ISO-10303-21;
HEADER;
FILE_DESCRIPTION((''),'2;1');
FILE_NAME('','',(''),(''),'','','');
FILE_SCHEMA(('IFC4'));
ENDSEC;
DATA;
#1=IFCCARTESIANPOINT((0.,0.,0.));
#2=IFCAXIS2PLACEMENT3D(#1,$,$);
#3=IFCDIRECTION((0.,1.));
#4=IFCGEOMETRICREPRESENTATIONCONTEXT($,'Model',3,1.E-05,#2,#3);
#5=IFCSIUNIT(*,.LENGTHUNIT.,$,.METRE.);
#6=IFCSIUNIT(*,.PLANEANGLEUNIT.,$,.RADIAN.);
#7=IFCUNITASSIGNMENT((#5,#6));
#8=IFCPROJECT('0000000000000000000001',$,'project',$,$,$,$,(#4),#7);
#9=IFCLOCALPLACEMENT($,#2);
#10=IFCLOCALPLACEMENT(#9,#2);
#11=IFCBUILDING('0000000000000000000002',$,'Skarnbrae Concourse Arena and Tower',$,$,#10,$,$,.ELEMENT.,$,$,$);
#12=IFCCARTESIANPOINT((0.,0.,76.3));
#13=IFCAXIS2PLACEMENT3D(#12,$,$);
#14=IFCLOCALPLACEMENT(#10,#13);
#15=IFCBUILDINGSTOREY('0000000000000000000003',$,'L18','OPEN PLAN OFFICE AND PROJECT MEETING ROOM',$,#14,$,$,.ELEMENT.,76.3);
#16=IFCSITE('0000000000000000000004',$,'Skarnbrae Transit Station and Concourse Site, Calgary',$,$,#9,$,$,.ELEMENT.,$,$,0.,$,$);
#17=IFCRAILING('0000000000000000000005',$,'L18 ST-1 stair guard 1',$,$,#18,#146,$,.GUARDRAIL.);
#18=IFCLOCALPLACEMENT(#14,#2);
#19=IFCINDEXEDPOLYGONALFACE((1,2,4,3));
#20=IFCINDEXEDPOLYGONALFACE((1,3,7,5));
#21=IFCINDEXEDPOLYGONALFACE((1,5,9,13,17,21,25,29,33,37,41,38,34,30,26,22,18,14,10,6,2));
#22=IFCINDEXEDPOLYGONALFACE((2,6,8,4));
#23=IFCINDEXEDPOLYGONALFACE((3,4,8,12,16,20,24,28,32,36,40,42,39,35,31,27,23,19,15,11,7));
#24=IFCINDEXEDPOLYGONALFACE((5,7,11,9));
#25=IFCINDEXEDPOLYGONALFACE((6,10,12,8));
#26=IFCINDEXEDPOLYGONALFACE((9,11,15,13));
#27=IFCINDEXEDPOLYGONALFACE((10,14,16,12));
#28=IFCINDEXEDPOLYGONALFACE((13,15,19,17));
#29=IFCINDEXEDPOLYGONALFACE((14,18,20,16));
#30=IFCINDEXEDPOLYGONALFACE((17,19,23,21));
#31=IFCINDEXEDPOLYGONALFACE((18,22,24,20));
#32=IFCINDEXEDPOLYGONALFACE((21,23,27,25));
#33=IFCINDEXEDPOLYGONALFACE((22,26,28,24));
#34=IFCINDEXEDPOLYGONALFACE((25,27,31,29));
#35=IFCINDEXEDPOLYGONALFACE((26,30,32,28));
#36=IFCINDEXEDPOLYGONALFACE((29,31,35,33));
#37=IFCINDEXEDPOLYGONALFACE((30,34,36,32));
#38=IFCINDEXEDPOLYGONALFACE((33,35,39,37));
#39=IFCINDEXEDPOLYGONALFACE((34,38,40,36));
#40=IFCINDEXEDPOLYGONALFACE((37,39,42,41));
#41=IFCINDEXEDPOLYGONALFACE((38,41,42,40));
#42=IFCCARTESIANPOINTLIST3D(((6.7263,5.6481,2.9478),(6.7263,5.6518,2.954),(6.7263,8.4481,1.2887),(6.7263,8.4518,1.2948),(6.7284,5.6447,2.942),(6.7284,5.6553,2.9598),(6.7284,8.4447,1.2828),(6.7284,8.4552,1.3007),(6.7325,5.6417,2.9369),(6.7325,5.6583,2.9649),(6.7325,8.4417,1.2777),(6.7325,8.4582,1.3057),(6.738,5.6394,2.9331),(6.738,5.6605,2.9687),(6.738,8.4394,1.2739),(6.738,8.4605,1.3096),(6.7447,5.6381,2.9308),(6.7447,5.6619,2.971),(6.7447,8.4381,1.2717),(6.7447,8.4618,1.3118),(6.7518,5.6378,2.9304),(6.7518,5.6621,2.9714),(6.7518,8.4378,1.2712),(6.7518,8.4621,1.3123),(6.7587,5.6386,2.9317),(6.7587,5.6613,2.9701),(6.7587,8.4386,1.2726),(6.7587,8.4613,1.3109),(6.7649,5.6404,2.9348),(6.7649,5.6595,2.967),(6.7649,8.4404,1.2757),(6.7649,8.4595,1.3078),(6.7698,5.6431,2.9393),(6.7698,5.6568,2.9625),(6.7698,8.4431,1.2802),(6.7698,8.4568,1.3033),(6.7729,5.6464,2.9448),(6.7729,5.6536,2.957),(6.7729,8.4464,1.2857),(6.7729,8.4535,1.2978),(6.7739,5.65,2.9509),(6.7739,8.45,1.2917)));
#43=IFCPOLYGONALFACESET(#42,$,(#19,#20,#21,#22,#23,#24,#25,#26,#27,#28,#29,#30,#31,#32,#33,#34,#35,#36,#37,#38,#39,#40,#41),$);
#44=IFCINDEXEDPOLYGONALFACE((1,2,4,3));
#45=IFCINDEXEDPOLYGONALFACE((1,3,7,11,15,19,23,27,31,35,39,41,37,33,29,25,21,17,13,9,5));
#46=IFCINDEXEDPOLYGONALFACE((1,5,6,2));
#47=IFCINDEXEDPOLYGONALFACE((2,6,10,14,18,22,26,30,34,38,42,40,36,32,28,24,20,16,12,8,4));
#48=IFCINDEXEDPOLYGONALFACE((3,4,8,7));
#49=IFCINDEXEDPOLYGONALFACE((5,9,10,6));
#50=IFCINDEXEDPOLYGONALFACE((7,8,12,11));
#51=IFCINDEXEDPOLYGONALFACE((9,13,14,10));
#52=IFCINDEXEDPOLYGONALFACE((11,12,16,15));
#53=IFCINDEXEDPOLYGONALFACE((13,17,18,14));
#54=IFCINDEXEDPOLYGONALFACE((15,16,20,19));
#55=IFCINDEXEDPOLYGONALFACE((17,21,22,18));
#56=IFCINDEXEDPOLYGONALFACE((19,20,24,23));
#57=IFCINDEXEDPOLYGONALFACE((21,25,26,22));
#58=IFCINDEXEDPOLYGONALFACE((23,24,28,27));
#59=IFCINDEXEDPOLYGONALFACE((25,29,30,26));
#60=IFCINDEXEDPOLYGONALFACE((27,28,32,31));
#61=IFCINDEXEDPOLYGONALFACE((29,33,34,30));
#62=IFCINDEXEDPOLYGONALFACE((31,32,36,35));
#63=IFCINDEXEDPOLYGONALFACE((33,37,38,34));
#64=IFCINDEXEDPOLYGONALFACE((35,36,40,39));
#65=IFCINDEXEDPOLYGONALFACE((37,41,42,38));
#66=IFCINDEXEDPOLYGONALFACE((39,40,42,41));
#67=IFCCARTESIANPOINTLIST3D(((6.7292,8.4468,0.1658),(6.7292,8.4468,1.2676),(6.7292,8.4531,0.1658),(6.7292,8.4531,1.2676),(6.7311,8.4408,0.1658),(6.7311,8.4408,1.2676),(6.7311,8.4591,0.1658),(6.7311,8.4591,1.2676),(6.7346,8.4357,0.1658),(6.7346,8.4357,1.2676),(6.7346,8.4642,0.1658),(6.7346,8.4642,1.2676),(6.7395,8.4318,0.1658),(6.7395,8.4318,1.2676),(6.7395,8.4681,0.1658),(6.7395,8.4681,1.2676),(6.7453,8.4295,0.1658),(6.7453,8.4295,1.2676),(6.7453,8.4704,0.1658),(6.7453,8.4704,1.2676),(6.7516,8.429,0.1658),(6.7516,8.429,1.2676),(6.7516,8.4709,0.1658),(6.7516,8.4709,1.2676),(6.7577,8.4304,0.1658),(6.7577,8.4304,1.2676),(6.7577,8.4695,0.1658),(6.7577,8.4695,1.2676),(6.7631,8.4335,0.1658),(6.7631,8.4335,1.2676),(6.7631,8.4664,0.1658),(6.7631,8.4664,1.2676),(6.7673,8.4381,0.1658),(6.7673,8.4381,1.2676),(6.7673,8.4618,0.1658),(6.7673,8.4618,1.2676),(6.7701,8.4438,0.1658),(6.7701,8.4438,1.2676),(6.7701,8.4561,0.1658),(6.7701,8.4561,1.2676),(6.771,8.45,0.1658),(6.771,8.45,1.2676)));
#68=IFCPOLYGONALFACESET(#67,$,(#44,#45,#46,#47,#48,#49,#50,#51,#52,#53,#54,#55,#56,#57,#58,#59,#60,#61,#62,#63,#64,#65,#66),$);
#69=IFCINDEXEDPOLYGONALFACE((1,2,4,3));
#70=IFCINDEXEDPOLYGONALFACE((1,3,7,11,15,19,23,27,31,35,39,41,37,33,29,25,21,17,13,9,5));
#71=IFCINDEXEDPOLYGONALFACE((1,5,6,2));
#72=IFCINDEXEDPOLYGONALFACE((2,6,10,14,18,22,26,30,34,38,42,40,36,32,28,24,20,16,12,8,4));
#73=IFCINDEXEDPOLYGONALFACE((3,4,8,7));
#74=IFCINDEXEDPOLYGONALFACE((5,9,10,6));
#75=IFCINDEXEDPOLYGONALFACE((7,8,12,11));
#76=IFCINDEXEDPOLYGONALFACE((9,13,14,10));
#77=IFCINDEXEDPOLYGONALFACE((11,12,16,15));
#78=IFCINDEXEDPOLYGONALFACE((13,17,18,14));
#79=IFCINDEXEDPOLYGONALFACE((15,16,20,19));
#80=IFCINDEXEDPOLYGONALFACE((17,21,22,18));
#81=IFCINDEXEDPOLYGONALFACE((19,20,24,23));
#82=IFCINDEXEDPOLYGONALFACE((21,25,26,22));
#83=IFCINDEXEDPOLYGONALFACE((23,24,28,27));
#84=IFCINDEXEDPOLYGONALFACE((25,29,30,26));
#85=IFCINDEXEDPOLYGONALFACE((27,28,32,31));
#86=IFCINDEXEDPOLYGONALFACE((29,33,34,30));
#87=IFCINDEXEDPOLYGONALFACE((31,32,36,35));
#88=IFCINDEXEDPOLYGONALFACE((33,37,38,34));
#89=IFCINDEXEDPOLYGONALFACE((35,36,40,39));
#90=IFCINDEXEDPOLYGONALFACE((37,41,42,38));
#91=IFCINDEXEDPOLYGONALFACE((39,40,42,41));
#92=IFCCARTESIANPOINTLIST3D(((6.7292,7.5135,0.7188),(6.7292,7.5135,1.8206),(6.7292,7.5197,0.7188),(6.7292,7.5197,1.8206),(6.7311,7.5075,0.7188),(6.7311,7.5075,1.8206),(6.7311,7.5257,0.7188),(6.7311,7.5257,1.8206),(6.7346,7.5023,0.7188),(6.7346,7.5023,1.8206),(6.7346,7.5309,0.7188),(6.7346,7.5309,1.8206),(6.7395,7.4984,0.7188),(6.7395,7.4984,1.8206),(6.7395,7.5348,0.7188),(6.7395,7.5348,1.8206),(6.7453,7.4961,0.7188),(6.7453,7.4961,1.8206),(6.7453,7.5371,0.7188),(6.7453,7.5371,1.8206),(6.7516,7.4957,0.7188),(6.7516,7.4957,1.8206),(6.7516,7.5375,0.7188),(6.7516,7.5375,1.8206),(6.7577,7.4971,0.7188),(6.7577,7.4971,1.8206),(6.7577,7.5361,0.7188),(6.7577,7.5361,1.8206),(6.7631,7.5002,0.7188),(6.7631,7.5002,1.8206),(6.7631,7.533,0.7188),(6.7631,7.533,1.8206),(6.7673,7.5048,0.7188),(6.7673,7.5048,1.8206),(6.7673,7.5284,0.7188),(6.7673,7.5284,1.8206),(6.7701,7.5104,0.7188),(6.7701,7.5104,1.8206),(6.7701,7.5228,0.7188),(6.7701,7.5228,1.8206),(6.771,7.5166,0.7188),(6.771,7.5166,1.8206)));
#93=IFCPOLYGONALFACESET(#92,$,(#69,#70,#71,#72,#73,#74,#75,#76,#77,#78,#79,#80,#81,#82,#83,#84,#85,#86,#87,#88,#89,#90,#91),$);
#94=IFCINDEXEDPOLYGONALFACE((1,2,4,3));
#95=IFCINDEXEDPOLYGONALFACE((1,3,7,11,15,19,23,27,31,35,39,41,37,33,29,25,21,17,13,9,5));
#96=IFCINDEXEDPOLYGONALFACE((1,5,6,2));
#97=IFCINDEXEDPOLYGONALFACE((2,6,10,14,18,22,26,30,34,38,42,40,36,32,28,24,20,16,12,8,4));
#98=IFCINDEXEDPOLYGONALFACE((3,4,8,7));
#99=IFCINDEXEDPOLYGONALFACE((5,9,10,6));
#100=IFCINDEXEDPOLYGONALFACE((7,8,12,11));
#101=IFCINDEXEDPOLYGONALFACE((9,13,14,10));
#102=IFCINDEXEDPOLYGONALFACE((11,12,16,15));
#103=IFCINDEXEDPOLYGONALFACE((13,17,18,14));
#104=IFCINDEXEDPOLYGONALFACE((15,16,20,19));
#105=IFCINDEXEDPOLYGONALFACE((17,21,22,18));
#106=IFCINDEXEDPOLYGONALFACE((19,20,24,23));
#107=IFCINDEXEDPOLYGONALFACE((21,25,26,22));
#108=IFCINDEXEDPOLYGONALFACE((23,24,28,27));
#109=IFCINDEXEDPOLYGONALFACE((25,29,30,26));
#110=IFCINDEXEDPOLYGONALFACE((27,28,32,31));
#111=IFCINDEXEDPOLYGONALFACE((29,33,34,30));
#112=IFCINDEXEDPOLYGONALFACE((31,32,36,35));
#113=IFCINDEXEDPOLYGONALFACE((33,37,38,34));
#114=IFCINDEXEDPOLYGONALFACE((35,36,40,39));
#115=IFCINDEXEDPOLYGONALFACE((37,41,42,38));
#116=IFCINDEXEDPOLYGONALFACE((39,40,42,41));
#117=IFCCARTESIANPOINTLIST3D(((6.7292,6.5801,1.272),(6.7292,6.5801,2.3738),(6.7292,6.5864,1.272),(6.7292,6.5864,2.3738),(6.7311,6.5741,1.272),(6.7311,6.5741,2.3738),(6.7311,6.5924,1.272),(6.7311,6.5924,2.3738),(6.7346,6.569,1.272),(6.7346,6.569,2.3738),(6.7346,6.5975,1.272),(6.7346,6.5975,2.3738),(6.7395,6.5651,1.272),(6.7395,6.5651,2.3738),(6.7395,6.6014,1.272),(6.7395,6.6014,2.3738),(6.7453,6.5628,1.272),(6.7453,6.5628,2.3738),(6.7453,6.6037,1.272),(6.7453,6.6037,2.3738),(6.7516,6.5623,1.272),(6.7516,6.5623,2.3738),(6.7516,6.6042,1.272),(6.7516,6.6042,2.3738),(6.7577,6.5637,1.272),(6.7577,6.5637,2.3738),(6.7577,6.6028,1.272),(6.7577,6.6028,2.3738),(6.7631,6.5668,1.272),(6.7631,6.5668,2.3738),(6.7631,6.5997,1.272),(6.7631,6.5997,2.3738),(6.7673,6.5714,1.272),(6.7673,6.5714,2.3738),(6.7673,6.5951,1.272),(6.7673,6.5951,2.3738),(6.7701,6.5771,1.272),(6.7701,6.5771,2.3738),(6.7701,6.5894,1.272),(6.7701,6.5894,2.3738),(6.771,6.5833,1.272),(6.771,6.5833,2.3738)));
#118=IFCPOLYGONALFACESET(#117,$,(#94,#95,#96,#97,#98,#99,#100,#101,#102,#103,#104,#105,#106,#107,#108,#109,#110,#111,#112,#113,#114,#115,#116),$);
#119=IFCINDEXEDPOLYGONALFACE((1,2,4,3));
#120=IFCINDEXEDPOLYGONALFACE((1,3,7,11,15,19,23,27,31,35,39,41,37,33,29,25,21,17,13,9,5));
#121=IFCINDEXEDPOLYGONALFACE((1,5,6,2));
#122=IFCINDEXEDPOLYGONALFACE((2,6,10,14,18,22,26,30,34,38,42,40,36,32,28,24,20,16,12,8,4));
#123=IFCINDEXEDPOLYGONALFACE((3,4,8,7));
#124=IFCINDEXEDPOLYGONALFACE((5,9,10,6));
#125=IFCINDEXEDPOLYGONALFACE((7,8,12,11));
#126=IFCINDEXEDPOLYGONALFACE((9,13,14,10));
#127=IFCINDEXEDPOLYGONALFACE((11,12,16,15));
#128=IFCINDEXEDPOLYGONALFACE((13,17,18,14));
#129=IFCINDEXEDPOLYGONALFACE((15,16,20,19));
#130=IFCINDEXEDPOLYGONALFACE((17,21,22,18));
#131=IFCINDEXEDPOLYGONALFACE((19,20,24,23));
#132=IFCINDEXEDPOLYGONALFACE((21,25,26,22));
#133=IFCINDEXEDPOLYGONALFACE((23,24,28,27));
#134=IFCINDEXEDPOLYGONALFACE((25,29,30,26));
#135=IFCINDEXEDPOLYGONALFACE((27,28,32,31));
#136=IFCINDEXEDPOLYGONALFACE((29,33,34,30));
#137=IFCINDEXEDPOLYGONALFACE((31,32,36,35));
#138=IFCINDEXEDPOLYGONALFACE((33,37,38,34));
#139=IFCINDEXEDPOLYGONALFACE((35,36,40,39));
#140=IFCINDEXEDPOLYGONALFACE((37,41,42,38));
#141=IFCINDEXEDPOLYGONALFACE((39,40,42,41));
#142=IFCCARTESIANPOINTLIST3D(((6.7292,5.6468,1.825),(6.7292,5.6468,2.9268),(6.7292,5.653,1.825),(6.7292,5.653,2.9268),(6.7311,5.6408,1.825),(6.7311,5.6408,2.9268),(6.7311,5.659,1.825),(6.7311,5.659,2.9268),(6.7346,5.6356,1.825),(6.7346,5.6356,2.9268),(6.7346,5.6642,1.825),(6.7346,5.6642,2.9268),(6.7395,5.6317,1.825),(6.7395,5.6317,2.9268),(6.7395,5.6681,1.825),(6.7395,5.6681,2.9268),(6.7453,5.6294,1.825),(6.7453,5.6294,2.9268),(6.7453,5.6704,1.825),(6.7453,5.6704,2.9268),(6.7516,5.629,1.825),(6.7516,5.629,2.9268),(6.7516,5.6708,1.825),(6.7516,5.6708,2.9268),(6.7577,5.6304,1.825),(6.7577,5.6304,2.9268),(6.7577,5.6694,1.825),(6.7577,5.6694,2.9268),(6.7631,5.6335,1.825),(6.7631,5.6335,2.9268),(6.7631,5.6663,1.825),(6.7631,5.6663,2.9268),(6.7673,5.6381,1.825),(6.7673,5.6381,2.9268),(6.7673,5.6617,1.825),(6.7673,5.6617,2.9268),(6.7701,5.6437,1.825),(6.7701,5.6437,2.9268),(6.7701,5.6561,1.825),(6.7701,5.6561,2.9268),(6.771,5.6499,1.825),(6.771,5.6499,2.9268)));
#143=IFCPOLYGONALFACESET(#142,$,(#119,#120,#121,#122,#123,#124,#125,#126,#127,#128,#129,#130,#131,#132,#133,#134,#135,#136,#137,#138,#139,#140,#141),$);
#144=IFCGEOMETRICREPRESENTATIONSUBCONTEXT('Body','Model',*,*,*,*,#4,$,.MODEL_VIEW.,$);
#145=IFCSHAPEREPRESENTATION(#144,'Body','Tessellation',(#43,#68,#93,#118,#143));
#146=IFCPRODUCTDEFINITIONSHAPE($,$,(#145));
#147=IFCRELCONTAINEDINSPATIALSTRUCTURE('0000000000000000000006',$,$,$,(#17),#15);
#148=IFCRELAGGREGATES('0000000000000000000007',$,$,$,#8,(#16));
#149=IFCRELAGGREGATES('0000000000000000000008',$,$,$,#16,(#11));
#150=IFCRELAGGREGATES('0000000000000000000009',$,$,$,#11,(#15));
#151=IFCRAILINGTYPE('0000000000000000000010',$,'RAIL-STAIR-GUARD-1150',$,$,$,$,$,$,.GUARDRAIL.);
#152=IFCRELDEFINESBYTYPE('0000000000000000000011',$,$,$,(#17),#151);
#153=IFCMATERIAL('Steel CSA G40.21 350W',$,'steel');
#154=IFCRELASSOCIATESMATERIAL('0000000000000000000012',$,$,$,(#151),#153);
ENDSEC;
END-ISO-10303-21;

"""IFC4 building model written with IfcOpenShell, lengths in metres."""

from ifc_helpers import new_model, si_unit, direction, frame, origin, origin_2d, place, context, subcontext, project, spatial, circle, extrude, material, type_object, element, save


model = new_model("IFC4")

# Units and contexts
model_context = context("Model", 3, precision=1e-05, world=origin(), true_north=direction((0.0, 1.0)))
body_context = subcontext(model_context, "Body", "Model", "MODEL_VIEW")
ifc_project = project(units=[si_unit("LENGTHUNIT", "METRE"), si_unit("PLANEANGLEUNIT", "RADIAN")], contexts=[model_context])

# Site, building, storey
site_placement = place(None, origin())
site = spatial("IfcSite", under=ifc_project, at=site_placement, Name="Skarnbrae Transit Station and Concourse Site, Calgary", CompositionType="ELEMENT", RefElevation=0.0)
building_placement = place(site_placement, origin())
building = spatial("IfcBuilding", under=site, at=building_placement, Name="Skarnbrae Concourse Arena and Tower", CompositionType="ELEMENT")
storey_placement = place(building_placement, frame((0.0, 0.0, 76.3)))
storey = spatial("IfcBuildingStorey", under=building, at=storey_placement, Name="L18", Description="OPEN PLAN OFFICE AND PROJECT MEETING ROOM", CompositionType="ELEMENT", Elevation=76.3)

# Shared definitions
ifc_material_1 = material(Name="Steel CSA G40.21 350W", Category="steel")

# Railing
railing_type_1 = type_object("IfcRailingType", Name="RAIL-STAIR-GUARD-1150", PredefinedType="GUARDRAIL", material=ifc_material_1)
railing_1_placement = place(storey_placement, frame((6.75, 8.45, 0.1658)))
element("IfcRailing", 1, at=railing_1_placement, inside=storey, type_object=railing_type_1, Name="L18 ST-1 stair guard 1", PredefinedType="GUARDRAIL", context=body_context, shape_type="SweptSolid", body=[
    extrude(circle(Radius=0.0239, at=origin_2d()), frame((0.0, 0.0, 1.126), z_axis=(0.0, -0.860306, 0.509778), x_axis=(1.0, 0.0, 0.0)), (0.0, 0.0, 1.0), 3.2546),
    extrude(circle(Radius=0.021, at=origin_2d()), origin(), (0.0, 0.0, 1.0), 1.1018),
    extrude(circle(Radius=0.021, at=origin_2d()), frame((0.0, -0.9333, 0.553)), (0.0, 0.0, 1.0), 1.1018),
    extrude(circle(Radius=0.021, at=origin_2d()), frame((0.0, -1.8667, 1.1062)), (0.0, 0.0, 1.0), 1.1018),
    extrude(circle(Radius=0.021, at=origin_2d()), frame((0.0, -2.8, 1.6592)), (0.0, 0.0, 1.0), 1.1018),
])

save(model, "model.ifc")
